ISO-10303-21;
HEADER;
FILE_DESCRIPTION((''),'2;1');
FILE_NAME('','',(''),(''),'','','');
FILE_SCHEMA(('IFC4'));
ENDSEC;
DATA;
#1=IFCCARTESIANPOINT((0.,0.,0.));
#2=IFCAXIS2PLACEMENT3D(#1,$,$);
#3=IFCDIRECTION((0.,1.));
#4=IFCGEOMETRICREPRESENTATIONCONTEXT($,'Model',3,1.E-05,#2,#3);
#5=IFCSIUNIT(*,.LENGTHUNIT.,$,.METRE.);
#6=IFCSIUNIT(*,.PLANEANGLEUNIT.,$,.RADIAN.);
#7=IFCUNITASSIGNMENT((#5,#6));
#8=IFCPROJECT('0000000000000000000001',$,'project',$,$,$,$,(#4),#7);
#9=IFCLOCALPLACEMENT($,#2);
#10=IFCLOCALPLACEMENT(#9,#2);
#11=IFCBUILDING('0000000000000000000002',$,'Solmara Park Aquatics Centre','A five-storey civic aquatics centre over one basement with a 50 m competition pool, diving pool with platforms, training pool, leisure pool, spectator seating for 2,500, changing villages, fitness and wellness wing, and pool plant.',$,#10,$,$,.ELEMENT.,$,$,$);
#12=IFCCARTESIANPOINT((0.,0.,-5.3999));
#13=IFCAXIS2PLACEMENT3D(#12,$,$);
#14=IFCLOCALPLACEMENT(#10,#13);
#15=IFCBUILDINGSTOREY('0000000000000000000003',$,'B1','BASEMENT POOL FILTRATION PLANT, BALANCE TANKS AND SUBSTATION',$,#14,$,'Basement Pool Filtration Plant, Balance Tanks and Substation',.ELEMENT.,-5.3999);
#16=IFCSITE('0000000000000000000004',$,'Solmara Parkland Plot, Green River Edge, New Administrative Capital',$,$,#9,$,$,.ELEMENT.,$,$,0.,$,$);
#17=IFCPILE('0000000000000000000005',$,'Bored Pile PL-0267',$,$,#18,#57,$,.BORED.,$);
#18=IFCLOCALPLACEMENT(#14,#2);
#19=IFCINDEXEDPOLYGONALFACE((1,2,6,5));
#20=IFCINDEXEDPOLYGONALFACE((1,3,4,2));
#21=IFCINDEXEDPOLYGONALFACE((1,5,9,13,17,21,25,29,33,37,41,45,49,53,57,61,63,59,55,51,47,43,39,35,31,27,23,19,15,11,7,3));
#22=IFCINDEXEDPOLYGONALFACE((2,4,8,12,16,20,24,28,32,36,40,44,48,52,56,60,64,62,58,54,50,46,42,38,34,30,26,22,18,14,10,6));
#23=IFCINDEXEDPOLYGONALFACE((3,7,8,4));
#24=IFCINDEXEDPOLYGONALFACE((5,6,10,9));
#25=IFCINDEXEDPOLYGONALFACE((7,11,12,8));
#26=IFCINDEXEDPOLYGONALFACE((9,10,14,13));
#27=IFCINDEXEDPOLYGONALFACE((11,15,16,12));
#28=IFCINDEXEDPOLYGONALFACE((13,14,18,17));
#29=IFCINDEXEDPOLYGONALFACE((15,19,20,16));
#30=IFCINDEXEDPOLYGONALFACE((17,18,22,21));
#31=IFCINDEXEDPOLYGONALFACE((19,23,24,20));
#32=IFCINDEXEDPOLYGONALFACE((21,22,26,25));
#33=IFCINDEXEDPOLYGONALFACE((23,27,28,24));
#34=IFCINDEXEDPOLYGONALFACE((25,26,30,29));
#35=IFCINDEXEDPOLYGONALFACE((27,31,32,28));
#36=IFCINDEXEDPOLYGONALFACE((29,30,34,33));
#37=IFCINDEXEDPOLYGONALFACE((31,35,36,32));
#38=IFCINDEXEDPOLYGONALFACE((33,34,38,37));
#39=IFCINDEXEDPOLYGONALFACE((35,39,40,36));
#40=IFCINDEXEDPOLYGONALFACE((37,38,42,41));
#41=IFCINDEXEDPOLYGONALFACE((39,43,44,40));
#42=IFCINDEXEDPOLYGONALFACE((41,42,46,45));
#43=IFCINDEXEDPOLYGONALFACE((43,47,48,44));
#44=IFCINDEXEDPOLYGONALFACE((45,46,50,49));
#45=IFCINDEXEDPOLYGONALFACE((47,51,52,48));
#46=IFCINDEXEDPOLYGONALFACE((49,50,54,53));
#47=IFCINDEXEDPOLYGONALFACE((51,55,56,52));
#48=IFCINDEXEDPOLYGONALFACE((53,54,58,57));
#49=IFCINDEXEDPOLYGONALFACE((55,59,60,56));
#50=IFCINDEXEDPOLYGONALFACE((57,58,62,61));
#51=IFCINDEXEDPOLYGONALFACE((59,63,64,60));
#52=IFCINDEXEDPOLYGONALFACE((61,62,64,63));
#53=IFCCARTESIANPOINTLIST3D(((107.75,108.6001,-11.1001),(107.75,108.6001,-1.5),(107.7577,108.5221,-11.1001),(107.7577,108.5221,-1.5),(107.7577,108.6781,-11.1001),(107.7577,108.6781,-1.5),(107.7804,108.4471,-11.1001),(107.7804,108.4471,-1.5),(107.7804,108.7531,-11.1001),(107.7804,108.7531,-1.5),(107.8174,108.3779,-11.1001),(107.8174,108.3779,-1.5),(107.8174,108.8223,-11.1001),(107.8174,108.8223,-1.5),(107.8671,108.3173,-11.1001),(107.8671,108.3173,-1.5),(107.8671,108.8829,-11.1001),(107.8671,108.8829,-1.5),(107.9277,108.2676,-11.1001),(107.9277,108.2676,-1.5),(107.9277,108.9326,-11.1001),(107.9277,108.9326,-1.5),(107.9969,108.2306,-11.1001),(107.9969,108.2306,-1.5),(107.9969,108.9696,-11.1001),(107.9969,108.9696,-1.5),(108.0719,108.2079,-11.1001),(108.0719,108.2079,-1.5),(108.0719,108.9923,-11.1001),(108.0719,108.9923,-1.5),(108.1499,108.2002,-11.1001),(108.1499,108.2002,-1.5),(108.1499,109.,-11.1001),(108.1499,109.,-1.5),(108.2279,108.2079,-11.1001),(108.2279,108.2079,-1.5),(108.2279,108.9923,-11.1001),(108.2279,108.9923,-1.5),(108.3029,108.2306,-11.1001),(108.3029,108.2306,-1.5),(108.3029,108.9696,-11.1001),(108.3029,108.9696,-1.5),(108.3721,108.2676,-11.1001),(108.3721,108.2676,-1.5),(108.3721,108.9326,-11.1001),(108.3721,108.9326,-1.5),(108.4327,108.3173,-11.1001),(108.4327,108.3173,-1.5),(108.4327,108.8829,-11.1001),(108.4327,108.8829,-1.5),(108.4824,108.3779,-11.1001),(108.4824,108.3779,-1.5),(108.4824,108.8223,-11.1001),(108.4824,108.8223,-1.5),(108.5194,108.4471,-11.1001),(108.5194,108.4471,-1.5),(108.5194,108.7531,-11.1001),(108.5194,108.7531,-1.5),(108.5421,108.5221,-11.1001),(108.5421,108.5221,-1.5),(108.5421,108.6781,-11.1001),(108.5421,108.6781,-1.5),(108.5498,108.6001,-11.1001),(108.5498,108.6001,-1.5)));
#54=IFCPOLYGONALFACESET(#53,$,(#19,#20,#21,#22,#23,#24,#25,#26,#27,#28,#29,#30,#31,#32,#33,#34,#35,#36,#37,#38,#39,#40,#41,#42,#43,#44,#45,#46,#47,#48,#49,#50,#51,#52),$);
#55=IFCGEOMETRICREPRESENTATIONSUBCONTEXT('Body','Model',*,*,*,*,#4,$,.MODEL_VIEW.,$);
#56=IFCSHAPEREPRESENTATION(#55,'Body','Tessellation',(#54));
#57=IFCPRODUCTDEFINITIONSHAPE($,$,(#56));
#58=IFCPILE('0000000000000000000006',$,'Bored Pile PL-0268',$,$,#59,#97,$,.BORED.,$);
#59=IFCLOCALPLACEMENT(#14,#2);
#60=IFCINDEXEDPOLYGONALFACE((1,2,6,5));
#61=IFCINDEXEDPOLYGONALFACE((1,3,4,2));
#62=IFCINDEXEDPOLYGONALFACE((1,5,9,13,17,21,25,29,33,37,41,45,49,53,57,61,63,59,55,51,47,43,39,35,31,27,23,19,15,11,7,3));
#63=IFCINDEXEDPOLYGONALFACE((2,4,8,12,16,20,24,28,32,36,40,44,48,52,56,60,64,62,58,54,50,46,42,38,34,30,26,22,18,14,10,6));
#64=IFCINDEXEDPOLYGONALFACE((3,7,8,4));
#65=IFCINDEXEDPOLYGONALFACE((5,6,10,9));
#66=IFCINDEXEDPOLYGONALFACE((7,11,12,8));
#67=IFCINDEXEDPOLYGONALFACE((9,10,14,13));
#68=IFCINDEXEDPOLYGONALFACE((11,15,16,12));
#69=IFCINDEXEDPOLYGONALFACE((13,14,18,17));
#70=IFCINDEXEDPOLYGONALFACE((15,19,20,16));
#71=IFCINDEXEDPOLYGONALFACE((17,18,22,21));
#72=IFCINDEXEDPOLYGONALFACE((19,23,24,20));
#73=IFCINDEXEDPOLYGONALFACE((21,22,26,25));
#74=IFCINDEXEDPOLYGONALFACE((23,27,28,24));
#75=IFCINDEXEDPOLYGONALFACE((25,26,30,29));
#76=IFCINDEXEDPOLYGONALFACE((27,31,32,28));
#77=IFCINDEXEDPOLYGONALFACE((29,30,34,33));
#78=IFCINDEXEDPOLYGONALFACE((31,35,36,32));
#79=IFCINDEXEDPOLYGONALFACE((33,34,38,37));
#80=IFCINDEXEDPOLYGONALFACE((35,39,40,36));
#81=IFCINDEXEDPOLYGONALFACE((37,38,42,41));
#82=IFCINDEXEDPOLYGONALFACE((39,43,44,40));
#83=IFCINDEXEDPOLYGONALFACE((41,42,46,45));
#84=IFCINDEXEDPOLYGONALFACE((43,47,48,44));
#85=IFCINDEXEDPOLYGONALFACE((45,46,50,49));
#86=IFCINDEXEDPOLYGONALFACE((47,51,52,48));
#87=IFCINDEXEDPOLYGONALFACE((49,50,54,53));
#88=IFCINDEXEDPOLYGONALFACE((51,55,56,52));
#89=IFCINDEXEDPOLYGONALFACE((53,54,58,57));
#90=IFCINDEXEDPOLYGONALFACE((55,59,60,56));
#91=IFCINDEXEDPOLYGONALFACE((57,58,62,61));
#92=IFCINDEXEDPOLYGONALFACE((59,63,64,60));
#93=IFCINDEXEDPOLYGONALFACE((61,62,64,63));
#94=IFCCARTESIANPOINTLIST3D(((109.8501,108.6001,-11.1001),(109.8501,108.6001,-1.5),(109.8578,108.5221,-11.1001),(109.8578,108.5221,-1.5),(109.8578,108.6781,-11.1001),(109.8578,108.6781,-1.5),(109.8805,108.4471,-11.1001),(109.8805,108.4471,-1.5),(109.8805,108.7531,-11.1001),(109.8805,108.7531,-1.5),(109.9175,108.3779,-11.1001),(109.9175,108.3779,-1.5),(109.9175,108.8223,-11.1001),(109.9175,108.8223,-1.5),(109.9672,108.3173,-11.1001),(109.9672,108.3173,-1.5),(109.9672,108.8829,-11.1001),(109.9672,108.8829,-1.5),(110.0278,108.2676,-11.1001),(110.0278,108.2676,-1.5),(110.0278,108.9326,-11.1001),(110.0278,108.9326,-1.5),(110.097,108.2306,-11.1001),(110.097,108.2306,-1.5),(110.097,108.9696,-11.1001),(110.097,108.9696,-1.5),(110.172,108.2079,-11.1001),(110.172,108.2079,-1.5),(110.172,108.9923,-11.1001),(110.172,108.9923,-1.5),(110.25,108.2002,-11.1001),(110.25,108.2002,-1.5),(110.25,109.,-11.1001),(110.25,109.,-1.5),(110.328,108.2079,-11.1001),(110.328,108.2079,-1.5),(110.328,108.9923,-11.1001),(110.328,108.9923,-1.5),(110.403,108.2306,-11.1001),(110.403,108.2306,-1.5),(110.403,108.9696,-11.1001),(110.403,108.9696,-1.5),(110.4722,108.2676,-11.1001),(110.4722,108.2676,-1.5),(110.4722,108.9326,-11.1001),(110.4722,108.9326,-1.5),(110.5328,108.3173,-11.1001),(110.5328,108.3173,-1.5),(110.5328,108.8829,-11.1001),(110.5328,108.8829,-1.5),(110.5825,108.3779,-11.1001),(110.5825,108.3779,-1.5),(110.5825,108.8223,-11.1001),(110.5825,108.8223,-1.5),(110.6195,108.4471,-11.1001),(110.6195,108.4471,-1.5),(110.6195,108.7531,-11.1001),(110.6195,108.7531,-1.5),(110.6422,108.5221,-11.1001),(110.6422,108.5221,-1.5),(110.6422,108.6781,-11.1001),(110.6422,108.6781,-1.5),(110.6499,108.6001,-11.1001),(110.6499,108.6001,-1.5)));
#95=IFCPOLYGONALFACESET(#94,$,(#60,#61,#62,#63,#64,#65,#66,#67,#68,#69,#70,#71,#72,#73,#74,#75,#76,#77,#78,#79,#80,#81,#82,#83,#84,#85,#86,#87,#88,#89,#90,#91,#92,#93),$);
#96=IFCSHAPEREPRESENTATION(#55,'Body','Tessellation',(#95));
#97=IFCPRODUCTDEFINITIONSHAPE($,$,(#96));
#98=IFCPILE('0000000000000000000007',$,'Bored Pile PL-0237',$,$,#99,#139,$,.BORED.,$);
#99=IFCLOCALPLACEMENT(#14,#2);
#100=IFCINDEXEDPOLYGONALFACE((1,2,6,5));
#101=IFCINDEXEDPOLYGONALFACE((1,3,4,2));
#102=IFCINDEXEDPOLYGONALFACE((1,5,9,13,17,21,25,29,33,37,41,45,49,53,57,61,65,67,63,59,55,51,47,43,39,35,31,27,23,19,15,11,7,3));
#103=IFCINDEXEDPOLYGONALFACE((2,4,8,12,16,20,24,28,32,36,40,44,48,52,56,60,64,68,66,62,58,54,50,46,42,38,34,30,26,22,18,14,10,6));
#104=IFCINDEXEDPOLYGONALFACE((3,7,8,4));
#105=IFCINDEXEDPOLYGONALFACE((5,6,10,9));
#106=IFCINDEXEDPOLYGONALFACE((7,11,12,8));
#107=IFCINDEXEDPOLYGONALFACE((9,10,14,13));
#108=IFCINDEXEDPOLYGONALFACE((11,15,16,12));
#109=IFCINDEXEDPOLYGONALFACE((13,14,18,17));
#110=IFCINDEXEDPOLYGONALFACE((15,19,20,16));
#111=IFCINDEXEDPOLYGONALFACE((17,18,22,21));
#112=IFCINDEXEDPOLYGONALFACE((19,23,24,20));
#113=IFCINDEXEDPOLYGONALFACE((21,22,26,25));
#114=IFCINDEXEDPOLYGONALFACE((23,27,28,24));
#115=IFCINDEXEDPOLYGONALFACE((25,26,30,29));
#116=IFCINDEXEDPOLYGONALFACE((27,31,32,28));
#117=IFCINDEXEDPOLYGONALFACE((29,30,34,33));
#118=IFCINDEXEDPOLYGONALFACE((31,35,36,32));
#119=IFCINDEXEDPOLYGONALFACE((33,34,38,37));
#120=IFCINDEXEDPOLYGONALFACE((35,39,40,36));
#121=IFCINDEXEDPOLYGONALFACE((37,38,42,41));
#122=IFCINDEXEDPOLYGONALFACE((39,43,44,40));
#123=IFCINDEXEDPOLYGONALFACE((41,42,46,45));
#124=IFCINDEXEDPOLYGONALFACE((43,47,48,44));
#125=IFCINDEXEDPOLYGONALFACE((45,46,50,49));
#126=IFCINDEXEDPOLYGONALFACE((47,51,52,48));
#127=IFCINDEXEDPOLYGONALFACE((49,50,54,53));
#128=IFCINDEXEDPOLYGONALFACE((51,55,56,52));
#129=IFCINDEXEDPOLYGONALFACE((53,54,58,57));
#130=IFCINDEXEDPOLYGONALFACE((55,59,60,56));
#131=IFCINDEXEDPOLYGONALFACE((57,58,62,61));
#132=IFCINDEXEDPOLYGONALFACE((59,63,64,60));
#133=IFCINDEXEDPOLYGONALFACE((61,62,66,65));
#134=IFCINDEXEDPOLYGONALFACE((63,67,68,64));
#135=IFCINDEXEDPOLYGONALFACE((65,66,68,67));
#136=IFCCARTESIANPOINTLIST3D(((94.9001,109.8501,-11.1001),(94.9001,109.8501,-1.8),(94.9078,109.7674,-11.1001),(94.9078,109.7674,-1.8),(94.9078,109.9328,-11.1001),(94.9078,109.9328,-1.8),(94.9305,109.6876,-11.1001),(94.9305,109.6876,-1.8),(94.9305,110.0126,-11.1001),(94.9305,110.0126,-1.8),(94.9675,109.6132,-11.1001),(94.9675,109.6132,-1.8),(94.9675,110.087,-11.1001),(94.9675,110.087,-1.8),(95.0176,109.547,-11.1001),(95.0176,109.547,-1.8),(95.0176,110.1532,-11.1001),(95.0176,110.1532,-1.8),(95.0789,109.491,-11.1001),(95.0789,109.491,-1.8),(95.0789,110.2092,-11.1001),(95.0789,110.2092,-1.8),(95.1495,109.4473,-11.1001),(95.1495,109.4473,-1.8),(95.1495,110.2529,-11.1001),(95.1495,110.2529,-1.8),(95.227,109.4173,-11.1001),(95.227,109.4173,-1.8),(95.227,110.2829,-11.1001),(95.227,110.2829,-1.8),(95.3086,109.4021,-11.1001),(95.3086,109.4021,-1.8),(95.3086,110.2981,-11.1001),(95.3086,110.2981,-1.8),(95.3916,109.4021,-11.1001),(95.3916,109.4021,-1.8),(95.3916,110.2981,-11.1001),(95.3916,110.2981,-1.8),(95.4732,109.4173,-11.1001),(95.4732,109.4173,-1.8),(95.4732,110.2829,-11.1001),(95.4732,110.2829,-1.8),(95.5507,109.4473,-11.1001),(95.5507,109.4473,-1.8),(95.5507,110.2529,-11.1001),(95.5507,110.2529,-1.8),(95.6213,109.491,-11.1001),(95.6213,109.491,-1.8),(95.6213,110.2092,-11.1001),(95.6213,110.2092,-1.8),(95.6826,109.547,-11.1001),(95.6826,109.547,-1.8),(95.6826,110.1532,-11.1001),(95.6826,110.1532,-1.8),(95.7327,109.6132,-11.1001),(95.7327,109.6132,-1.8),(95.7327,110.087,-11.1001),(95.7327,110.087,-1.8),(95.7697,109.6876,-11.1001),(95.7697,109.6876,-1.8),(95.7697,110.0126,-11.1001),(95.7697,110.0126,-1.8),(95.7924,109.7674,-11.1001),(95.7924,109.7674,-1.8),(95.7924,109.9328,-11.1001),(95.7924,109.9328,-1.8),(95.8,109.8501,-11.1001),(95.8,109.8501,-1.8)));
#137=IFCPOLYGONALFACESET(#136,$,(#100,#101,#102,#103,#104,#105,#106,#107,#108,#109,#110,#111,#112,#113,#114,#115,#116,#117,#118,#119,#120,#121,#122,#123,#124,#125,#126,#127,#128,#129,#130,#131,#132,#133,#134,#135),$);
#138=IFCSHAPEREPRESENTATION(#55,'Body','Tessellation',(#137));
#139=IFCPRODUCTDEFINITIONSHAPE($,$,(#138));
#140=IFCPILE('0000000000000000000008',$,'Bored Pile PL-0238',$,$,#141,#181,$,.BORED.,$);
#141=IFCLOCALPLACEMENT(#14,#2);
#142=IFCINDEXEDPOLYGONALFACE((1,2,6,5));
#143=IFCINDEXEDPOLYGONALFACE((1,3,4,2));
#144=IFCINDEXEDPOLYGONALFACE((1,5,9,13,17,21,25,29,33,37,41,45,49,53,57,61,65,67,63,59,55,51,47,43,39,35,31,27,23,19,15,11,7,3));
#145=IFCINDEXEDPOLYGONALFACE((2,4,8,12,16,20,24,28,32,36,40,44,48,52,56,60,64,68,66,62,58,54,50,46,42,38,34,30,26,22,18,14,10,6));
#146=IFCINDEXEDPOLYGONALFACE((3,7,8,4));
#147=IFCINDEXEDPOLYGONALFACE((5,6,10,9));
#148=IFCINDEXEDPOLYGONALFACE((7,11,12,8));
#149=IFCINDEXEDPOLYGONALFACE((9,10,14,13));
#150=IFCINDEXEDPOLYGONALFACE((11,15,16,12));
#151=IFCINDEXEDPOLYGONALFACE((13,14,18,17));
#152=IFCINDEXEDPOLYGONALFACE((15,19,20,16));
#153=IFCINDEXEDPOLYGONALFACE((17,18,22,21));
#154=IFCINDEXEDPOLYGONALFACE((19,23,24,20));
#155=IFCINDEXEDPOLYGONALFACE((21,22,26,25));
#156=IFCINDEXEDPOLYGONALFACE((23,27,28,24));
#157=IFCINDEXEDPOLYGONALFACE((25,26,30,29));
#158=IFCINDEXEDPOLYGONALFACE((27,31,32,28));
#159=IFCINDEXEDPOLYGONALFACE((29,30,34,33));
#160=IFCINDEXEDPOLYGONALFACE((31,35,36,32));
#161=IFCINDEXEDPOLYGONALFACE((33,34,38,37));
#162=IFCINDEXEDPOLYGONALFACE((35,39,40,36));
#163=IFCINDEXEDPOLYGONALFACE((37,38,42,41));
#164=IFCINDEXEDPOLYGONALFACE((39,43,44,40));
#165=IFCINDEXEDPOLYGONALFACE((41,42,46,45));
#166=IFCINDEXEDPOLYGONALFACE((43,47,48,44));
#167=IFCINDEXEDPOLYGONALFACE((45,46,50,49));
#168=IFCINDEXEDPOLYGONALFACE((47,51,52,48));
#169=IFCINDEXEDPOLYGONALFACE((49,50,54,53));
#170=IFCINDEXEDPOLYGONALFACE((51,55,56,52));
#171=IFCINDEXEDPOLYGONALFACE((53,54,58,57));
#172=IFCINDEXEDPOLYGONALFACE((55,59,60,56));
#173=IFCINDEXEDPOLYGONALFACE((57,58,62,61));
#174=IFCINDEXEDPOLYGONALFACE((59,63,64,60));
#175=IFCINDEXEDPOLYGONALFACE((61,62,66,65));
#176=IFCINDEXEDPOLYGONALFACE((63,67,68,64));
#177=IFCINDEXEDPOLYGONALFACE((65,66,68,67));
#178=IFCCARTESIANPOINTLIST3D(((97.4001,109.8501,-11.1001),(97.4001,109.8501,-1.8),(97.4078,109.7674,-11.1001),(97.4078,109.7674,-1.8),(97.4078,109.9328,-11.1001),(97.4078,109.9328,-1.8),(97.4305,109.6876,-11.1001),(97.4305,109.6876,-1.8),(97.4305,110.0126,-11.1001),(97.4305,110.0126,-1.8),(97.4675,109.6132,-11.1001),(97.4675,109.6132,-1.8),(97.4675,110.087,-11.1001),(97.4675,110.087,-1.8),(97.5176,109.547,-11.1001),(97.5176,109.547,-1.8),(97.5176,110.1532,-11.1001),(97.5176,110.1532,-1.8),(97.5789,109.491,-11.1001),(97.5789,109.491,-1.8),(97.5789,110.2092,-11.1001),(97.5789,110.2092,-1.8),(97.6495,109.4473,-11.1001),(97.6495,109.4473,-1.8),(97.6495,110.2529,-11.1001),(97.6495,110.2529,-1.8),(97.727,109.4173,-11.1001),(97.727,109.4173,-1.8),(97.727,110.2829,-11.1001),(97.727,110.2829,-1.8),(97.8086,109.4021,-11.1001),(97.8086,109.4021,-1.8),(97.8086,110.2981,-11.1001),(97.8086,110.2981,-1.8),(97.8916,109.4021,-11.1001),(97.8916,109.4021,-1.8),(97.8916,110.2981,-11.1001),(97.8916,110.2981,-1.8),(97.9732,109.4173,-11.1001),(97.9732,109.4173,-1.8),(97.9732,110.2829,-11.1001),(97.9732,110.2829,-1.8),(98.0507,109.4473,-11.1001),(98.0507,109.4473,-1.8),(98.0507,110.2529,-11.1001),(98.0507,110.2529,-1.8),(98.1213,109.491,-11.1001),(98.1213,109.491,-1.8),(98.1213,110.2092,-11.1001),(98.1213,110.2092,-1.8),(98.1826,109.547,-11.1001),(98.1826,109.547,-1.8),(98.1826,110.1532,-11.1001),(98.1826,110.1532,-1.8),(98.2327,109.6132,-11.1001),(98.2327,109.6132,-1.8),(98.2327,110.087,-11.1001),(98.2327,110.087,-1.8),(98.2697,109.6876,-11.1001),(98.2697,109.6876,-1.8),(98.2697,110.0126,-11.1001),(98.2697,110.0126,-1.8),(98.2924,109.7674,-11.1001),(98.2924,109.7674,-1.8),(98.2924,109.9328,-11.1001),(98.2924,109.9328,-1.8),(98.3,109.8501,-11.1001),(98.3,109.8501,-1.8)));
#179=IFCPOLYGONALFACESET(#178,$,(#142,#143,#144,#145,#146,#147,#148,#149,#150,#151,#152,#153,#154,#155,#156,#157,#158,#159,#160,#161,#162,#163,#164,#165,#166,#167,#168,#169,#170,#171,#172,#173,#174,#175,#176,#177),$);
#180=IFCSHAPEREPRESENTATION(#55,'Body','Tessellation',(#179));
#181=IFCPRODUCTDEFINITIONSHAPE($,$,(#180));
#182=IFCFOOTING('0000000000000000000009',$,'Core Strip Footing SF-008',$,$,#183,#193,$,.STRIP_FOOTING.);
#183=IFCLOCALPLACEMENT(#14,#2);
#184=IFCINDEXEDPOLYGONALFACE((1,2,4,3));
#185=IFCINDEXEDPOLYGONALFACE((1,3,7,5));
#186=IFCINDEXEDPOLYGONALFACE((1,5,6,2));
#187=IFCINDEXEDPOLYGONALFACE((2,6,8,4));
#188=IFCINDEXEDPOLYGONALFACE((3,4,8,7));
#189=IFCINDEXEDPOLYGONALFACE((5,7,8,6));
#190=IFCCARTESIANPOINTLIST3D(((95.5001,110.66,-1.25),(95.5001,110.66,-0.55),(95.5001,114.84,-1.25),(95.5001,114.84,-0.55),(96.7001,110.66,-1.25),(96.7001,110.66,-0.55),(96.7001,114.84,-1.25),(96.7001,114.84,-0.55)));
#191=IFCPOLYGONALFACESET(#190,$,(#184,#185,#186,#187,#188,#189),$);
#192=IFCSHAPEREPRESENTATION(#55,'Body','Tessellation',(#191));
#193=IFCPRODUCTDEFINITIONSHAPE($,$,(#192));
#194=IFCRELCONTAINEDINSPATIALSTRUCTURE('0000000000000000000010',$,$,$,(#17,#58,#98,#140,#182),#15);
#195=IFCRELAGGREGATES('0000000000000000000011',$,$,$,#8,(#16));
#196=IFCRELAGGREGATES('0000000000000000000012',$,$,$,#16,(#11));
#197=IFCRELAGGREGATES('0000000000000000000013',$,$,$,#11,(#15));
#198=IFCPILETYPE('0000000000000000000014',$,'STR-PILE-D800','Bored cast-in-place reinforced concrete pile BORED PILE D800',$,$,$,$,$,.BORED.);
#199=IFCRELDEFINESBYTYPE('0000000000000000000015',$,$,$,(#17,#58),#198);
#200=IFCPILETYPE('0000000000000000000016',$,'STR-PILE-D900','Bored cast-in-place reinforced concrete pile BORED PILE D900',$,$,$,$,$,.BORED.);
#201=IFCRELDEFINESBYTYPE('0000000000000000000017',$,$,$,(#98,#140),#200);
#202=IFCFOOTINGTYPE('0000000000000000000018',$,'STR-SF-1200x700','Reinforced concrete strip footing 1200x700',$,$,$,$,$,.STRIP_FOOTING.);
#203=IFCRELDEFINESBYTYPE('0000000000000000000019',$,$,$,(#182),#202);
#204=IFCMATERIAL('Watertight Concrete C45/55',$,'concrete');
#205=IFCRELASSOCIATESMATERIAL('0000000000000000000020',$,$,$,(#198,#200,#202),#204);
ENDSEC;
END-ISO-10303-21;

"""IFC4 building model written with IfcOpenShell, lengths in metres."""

from ifc_helpers import new_model, si_unit, direction, frame, origin, origin_2d, place, context, subcontext, project, spatial, rectangle, circle, extrude, material, material_profile, profile_set, type_object, element, save


model = new_model("IFC4")

# Units and contexts
model_context = context("Model", 3, precision=1e-05, world=origin(), true_north=direction((0.0, 1.0)))
body_context = subcontext(model_context, "Body", "Model", "MODEL_VIEW")
ifc_project = project(units=[si_unit("LENGTHUNIT", "METRE"), si_unit("PLANEANGLEUNIT", "RADIAN")], contexts=[model_context])

# Site, building, storey
site_placement = place(None, origin())
site = spatial("IfcSite", under=ifc_project, at=site_placement, Name="Solmara Parkland Plot, Green River Edge, New Administrative Capital", CompositionType="ELEMENT", RefElevation=0.0)
building_placement = place(site_placement, origin())
building = spatial("IfcBuilding", under=site, at=building_placement, Name="Solmara Park Aquatics Centre", Description="A five-storey civic aquatics centre over one basement with a 50 m competition pool, diving pool with platforms, training pool, leisure pool, spectator seating for 2,500, changing villages, fitness and wellness wing, and pool plant.", CompositionType="ELEMENT")
storey_placement = place(building_placement, frame((0.0, 0.0, -5.3999)))
storey = spatial("IfcBuildingStorey", under=building, at=storey_placement, Name="B1", Description="BASEMENT POOL FILTRATION PLANT, BALANCE TANKS AND SUBSTATION", LongName="Basement Pool Filtration Plant, Balance Tanks and Substation", CompositionType="ELEMENT", Elevation=-5.3999)

# Shared definitions
ifc_material_1 = material(Name="Watertight Concrete C45/55", Category="concrete")

# Piles
ifc_material_profile_1 = material_profile(ifc_material_1, circle(Radius=0.3999, at=origin_2d()), Name="BORED PILE D800")
ifc_profile_set_1 = profile_set([ifc_material_profile_1], Name="Watertight Concrete C45/55")
pile_type_1 = type_object("IfcPileType", Name="STR-PILE-D800", Description="Bored cast-in-place reinforced concrete pile BORED PILE D800", PredefinedType="BORED", material=ifc_profile_set_1)
for number, where, z_axis, x_axis, name in (
    (1, (108.1499, 108.6001, -1.5), (0.0, 0.0, -1.0), (1.0, 0.0, 0.0), "Bored Pile PL-0267"),
    (2, (110.25, 108.6001, -1.5), (0.0, 0.0, -1.0), (1.0, 0.0, 0.0), "Bored Pile PL-0268"),
):
    element("IfcPile", number, at=place(storey_placement, frame(where, z_axis=z_axis, x_axis=x_axis)), inside=storey, type_object=pile_type_1, Name=name, PredefinedType="BORED", context=body_context, shape_type="SweptSolid", body=[
        extrude(circle(Radius=0.3999, at=origin_2d()), origin(), (0.0, 0.0, 1.0), 9.6001),
    ])
ifc_material_profile_2 = material_profile(ifc_material_1, circle(Radius=0.45, at=origin_2d()), Name="BORED PILE D900")
ifc_profile_set_2 = profile_set([ifc_material_profile_2], Name="Watertight Concrete C45/55")
pile_type_2 = type_object("IfcPileType", Name="STR-PILE-D900", Description="Bored cast-in-place reinforced concrete pile BORED PILE D900", PredefinedType="BORED", material=ifc_profile_set_2)
for number, where, z_axis, x_axis, name in (
    (3, (95.3501, 109.8501, -1.8), (0.0, 0.0, -1.0), (1.0, 0.0, 0.0), "Bored Pile PL-0237"),
    (4, (97.8501, 109.8501, -1.8), (0.0, 0.0, -1.0), (1.0, 0.0, 0.0), "Bored Pile PL-0238"),
):
    element("IfcPile", number, at=place(storey_placement, frame(where, z_axis=z_axis, x_axis=x_axis)), inside=storey, type_object=pile_type_2, Name=name, PredefinedType="BORED", context=body_context, shape_type="SweptSolid", body=[
        extrude(circle(Radius=0.45, at=origin_2d()), origin(), (0.0, 0.0, 1.0), 9.3),
    ])

# Footing
footing_type_1 = type_object("IfcFootingType", Name="STR-SF-1200x700", Description="Reinforced concrete strip footing 1200x700", PredefinedType="STRIP_FOOTING", material=ifc_material_1)
footing_1_placement = place(storey_placement, frame((96.1001, 112.75, -1.25), z_axis=(0.0, 0.0, 1.0), x_axis=(1.0, 0.0, 0.0)))
element("IfcFooting", 5, at=footing_1_placement, inside=storey, type_object=footing_type_1, Name="Core Strip Footing SF-008", PredefinedType="STRIP_FOOTING", context=body_context, shape_type="SweptSolid", body=[
    extrude(rectangle(XDim=1.2, YDim=4.1799, at=origin_2d()), origin(), (0.0, 0.0, 1.0), 0.7),
])

save(model, "model.ifc")
